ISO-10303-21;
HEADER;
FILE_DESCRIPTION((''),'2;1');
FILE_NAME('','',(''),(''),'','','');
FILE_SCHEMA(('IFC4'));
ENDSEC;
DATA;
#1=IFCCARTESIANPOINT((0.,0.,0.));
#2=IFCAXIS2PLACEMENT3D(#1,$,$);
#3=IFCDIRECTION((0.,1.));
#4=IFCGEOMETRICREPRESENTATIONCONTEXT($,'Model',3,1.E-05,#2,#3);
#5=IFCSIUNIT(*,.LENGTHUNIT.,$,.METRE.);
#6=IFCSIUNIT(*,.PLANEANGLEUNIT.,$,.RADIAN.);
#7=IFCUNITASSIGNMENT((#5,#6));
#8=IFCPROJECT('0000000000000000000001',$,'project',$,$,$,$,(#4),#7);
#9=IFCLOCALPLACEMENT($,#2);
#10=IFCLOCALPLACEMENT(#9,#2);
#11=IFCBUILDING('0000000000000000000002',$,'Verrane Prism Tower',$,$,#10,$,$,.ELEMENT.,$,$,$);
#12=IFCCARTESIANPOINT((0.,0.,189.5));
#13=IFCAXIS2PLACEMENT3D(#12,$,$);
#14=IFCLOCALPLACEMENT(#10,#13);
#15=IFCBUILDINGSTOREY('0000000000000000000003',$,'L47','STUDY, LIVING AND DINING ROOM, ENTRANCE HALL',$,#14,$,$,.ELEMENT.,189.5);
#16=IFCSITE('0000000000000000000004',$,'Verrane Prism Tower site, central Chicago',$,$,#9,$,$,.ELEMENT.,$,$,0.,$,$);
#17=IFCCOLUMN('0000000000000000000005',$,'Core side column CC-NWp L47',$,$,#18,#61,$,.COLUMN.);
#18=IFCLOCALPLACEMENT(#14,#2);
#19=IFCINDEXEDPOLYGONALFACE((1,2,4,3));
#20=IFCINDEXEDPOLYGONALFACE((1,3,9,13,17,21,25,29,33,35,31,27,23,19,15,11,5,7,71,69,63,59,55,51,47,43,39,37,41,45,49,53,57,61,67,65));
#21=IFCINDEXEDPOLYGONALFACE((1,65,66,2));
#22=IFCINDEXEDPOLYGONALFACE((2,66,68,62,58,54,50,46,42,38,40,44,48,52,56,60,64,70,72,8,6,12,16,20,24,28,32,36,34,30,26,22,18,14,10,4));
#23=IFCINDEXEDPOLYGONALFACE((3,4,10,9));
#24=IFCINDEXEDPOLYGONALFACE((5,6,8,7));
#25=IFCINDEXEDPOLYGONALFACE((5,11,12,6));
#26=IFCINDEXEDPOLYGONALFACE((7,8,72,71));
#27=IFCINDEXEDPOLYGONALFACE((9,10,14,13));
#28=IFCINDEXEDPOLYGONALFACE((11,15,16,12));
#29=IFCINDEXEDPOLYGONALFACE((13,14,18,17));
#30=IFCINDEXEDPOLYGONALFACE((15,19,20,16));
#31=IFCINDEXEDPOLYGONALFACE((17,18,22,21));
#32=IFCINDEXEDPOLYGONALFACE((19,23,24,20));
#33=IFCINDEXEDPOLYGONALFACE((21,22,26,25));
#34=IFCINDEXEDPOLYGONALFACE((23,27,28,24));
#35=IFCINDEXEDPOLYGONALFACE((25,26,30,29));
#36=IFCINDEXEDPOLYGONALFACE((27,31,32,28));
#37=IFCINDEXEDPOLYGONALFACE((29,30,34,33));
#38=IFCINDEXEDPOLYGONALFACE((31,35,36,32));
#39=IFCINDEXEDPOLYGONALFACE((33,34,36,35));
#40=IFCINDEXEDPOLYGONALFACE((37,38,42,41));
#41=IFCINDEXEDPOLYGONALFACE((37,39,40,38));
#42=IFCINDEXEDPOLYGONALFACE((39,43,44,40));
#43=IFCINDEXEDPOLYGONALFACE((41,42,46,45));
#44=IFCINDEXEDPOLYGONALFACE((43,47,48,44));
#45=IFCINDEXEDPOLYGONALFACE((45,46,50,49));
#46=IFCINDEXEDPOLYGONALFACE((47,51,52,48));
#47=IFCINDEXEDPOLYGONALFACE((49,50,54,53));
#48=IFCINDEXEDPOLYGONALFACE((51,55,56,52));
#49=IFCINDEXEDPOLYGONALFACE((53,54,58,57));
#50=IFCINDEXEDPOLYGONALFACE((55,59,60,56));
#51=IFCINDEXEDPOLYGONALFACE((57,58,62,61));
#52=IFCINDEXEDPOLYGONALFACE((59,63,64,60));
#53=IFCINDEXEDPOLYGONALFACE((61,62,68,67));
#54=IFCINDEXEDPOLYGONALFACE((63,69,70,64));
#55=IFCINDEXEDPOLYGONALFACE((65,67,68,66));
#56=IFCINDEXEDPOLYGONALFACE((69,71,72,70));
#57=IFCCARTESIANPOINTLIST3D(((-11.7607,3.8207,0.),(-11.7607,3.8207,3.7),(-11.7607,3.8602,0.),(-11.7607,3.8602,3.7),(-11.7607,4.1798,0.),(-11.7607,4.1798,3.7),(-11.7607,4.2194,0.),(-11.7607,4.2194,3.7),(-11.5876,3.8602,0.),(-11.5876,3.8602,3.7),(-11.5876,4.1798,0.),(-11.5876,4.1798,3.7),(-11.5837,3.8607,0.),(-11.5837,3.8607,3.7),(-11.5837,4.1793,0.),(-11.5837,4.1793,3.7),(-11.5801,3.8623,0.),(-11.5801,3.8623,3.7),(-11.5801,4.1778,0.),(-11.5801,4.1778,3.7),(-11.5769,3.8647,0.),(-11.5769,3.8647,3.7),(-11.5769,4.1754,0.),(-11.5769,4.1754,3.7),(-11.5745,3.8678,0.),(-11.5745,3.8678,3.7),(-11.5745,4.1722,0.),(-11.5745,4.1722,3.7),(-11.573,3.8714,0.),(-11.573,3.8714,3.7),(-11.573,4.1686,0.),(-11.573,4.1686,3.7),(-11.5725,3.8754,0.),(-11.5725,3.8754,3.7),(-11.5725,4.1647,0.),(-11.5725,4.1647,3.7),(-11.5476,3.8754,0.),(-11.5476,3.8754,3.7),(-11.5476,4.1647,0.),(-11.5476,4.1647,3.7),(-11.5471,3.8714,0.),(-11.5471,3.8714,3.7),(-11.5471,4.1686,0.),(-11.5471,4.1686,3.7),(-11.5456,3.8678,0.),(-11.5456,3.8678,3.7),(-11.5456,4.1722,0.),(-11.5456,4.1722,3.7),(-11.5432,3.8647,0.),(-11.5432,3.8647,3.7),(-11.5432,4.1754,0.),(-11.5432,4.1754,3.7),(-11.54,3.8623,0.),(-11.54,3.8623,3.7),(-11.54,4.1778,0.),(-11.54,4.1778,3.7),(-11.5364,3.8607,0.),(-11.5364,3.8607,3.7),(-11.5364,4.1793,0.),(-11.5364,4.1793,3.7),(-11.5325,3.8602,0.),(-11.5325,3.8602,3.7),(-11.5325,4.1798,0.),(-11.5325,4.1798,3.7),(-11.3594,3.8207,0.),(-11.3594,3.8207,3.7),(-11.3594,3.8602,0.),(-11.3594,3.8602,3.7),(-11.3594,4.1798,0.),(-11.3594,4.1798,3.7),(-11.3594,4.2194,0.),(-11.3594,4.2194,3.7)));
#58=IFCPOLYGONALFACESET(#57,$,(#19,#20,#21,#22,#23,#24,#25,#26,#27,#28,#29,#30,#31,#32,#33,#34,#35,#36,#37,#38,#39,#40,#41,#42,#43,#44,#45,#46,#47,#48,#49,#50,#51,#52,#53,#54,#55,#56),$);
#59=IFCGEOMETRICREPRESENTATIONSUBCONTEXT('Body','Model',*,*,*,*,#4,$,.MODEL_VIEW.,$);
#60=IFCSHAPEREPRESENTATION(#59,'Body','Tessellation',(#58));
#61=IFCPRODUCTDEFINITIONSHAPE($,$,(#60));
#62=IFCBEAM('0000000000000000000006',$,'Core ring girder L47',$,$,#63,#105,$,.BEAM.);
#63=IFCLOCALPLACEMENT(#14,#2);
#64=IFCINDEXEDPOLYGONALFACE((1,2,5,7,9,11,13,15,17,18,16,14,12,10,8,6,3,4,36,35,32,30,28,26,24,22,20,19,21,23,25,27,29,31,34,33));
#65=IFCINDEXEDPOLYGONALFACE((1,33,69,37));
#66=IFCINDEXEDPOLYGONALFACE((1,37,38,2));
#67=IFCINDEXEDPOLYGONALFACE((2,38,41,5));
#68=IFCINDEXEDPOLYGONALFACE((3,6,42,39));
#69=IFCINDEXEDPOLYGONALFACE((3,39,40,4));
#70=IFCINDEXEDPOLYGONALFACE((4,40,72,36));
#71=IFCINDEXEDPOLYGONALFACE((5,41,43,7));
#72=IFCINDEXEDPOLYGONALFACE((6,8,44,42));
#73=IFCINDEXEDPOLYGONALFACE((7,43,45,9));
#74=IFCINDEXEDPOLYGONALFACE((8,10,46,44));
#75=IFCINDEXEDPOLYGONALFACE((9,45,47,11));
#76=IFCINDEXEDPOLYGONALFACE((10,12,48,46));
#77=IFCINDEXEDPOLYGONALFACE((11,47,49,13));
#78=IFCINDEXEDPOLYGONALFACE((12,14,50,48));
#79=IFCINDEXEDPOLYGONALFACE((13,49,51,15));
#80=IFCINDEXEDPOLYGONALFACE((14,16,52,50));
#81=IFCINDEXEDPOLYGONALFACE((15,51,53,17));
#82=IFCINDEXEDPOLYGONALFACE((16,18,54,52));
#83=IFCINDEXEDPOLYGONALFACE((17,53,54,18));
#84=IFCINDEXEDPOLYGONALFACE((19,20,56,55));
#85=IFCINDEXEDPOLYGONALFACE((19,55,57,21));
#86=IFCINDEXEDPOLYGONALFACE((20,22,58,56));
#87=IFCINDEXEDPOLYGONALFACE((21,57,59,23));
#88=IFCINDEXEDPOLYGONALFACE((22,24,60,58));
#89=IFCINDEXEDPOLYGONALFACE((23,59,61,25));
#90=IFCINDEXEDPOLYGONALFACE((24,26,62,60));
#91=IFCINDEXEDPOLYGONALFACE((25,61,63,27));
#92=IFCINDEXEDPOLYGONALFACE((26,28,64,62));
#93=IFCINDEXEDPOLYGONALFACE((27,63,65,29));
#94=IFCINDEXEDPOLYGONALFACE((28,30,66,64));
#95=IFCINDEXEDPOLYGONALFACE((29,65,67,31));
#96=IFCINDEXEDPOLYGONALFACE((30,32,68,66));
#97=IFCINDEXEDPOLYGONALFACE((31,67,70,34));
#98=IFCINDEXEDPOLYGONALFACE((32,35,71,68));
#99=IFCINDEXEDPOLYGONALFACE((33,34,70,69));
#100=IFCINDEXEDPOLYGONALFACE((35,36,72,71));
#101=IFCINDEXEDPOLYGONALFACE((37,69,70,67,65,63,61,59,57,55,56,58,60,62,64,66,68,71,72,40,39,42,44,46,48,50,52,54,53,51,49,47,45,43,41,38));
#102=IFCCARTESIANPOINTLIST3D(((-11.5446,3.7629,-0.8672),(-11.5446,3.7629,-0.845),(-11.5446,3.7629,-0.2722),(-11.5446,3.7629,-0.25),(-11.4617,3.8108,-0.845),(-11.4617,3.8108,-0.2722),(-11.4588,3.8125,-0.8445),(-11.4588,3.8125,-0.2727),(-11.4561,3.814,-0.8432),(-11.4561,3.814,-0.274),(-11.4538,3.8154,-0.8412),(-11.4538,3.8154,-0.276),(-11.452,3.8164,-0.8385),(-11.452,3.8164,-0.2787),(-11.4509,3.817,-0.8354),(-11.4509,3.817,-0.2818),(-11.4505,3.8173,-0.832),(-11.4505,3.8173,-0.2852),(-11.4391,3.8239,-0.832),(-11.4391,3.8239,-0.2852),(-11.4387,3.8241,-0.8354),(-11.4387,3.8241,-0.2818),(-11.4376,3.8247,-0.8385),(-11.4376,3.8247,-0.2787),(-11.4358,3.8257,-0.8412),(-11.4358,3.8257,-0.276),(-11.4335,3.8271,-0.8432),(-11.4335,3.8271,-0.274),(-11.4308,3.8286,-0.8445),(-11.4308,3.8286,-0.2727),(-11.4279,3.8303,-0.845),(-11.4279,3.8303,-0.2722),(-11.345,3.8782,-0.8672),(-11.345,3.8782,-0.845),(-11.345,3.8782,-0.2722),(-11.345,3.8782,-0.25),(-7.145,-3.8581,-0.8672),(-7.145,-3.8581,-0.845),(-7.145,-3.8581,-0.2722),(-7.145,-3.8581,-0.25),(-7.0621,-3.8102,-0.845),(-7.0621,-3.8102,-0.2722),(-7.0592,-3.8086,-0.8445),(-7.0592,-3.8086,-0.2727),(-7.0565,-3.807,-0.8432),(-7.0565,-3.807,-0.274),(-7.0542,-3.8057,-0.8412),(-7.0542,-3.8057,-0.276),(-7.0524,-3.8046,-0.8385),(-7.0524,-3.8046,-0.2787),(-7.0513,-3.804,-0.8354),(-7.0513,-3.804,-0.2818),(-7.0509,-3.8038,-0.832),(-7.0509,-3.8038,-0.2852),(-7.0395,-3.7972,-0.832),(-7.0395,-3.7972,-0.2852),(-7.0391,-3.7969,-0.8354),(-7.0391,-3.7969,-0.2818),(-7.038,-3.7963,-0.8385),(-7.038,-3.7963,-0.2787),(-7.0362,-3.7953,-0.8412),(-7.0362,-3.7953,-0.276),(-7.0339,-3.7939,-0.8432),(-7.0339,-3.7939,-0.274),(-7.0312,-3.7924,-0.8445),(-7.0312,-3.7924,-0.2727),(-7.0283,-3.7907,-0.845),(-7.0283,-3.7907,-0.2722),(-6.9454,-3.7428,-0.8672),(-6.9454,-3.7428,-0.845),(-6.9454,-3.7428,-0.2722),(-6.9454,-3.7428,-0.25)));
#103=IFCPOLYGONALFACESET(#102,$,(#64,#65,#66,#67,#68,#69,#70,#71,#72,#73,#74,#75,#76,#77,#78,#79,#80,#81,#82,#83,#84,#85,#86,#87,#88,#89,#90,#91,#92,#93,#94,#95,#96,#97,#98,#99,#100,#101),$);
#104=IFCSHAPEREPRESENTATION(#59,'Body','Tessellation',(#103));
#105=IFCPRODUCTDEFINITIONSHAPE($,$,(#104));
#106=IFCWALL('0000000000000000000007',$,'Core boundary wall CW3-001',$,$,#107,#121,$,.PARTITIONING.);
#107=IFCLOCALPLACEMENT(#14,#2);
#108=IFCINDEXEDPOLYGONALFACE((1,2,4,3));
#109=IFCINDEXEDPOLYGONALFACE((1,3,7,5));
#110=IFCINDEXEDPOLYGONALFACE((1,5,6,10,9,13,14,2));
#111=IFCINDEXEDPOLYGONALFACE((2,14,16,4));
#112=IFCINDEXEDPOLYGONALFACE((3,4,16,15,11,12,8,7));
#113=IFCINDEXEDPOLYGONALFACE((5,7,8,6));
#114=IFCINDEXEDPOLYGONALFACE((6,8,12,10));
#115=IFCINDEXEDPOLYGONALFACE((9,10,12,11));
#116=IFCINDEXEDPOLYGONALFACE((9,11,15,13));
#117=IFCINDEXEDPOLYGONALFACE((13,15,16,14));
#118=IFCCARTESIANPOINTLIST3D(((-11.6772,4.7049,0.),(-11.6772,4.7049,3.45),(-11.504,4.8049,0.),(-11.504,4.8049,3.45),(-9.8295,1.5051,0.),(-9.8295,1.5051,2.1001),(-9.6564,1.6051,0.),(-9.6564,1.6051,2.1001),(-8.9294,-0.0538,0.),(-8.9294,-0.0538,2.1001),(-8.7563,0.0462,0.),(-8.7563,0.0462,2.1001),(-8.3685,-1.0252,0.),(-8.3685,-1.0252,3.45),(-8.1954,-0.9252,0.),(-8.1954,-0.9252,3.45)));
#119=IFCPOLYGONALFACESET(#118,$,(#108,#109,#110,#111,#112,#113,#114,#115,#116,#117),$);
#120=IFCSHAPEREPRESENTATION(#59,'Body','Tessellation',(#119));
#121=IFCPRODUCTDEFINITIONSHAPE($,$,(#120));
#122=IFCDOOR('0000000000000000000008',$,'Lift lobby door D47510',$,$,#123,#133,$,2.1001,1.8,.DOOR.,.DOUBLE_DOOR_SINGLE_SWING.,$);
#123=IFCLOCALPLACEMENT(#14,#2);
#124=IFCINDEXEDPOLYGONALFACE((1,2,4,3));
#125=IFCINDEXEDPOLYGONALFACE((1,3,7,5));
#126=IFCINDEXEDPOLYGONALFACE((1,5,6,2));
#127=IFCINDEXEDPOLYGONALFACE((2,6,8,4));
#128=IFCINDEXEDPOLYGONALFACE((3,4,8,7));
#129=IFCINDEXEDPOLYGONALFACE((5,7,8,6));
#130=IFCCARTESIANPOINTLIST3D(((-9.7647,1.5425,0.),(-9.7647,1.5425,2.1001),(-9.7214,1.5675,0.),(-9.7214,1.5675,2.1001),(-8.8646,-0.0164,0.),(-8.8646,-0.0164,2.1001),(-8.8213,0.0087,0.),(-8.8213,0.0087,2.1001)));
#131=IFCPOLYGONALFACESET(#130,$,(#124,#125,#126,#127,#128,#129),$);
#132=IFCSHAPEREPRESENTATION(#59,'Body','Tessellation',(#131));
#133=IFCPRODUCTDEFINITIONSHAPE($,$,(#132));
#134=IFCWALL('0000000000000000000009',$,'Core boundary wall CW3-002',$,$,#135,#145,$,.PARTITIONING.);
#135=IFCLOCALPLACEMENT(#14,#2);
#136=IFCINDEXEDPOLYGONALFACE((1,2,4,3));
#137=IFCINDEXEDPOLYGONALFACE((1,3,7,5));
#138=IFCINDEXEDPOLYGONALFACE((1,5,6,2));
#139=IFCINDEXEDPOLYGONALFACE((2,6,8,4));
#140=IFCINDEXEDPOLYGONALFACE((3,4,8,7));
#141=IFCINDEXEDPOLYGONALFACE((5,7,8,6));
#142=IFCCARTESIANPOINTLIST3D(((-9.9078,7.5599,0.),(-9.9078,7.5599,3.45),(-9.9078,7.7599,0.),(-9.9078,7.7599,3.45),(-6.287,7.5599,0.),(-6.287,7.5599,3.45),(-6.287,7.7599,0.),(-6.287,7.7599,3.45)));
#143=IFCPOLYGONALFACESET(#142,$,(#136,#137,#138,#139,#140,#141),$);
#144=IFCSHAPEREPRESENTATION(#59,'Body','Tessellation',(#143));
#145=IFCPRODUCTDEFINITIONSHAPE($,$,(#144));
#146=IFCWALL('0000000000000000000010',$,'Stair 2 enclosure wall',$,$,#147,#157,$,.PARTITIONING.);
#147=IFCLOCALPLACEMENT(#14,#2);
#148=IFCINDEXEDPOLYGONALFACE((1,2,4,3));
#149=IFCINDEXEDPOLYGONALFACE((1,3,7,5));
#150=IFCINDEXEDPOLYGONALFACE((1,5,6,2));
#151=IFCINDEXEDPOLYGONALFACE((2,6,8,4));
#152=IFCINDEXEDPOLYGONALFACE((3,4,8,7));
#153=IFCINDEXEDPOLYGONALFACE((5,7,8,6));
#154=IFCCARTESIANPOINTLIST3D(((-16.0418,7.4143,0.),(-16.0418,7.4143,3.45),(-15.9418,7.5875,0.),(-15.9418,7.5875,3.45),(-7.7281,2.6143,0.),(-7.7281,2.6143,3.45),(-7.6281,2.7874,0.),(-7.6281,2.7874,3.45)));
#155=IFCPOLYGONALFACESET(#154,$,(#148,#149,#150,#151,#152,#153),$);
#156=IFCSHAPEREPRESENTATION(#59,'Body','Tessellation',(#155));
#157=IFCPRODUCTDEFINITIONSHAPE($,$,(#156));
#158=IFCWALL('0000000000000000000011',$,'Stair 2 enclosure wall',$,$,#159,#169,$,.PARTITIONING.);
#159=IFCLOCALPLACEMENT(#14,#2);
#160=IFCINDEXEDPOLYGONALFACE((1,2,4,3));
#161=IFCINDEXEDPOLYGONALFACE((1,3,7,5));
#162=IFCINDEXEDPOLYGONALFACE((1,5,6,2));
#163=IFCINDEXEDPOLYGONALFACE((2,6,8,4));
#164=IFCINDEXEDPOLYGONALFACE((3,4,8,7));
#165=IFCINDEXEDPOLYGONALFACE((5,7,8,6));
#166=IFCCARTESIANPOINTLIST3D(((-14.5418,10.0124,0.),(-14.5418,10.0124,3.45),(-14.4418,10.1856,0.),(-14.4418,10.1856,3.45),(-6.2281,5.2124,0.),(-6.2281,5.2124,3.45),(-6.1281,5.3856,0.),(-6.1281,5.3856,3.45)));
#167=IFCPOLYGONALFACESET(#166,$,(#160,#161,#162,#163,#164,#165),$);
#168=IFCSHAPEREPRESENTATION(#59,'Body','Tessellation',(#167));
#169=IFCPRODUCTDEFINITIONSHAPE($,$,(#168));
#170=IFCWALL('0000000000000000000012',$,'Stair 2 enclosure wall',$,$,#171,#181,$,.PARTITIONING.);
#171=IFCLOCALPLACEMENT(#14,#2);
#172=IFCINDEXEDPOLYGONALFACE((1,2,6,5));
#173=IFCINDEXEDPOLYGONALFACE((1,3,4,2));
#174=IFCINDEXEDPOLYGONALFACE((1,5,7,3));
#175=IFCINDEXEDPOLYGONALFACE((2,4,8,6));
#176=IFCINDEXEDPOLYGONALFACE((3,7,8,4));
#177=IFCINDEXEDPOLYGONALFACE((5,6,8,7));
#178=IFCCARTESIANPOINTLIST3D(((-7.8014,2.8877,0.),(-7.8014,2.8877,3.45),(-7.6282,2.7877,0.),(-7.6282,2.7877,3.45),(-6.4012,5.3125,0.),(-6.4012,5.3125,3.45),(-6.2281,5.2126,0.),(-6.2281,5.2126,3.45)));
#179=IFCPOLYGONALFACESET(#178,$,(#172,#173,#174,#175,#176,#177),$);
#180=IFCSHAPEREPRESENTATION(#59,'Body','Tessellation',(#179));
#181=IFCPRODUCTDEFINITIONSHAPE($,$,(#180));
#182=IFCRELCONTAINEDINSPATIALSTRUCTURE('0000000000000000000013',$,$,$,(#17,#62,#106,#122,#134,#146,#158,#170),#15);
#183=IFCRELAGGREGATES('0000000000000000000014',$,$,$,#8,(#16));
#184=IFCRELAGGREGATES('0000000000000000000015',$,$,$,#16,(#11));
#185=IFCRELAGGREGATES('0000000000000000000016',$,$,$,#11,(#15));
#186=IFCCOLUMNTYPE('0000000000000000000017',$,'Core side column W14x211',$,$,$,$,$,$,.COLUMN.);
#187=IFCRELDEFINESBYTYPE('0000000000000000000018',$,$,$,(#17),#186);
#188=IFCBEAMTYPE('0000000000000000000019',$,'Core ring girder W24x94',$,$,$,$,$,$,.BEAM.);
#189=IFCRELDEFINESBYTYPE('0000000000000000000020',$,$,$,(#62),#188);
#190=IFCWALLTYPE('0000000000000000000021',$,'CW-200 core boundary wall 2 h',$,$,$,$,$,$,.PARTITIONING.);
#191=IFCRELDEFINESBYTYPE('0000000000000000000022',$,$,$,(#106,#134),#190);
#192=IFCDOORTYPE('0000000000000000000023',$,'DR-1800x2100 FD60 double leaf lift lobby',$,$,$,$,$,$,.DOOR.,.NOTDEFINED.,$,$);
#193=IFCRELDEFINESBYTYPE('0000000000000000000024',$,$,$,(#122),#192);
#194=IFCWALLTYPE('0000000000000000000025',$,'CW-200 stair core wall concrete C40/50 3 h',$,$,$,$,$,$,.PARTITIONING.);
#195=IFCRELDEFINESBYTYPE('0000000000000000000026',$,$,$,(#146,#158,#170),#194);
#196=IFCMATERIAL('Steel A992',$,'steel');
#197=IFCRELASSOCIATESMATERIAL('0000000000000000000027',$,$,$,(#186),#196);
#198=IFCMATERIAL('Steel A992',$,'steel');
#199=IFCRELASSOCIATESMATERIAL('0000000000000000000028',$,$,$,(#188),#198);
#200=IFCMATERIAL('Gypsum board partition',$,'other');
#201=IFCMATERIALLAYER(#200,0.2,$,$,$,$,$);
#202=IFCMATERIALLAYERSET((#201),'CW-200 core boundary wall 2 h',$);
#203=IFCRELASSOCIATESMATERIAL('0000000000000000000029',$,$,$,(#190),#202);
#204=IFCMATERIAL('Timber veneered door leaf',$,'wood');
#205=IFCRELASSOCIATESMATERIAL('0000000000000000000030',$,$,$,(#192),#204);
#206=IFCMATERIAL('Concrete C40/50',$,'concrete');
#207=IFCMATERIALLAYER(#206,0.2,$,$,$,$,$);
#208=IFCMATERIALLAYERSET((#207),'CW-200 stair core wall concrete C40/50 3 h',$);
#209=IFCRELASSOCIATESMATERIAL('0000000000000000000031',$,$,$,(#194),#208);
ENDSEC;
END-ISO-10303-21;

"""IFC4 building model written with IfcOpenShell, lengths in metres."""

from ifc_helpers import new_model, si_unit, direction, frame, frame_2d, origin, origin_2d, place, context, subcontext, project, spatial, rectangle, i_section, extrude, material, layer, layer_set, material_profile, profile_set, type_object, element, fill, save


model = new_model("IFC4")

# Units and contexts
model_context = context("Model", 3, precision=1e-05, world=origin(), true_north=direction((0.0, 1.0)))
body_context = subcontext(model_context, "Body", "Model", "MODEL_VIEW")
ifc_project = project(units=[si_unit("LENGTHUNIT", "METRE"), si_unit("PLANEANGLEUNIT", "RADIAN")], contexts=[model_context])

# Site, building, storey
site_placement = place(None, origin())
site = spatial("IfcSite", under=ifc_project, at=site_placement, Name="Verrane Prism Tower site, central Chicago", CompositionType="ELEMENT", RefElevation=0.0)
building_placement = place(site_placement, origin())
building = spatial("IfcBuilding", under=site, at=building_placement, Name="Verrane Prism Tower", CompositionType="ELEMENT")
storey_placement = place(building_placement, frame((0.0, 0.0, 189.5)))
storey = spatial("IfcBuildingStorey", under=building, at=storey_placement, Name="L47", Description="STUDY, LIVING AND DINING ROOM, ENTRANCE HALL", CompositionType="ELEMENT", Elevation=189.5)

# Column
ifc_material_1 = material(Name="Steel A992", Category="steel")
ifc_material_profile_1 = material_profile(ifc_material_1, i_section(OverallWidth=0.4014, OverallDepth=0.3987, WebThickness=0.0249, FlangeThickness=0.0396, FilletRadius=0.0151, at=origin_2d()), Name="W14x211")
ifc_profile_set_1 = profile_set([ifc_material_profile_1], Name="Steel A992")
column_type = type_object("IfcColumnType", Name="Core side column W14x211", PredefinedType="COLUMN", material=ifc_profile_set_1)
column_placement = place(storey_placement, frame((-11.5601, 4.02, 0.0), z_axis=(0.0, 0.0, 1.0), x_axis=(1.0, 0.0, 0.0)))
element("IfcColumn", 1, at=column_placement, inside=storey, type_object=column_type, Name="Core side column CC-NWp L47", PredefinedType="COLUMN", context=body_context, shape_type="SweptSolid", body=[
    extrude(i_section(OverallWidth=0.4014, OverallDepth=0.3987, WebThickness=0.0249, FlangeThickness=0.0396, FilletRadius=0.0151, at=origin_2d()), origin(), (0.0, 0.0, 1.0), 3.7),
])

# Beam
ifc_material_2 = material(Name="Steel A992", Category="steel")
ifc_material_profile_2 = material_profile(ifc_material_2, i_section(OverallWidth=0.2305, OverallDepth=0.6172, WebThickness=0.0132, FlangeThickness=0.0222, FilletRadius=0.0129, at=origin_2d()), Name="W24x94")
ifc_profile_set_2 = profile_set([ifc_material_profile_2], Name="Steel A992")
beam_type = type_object("IfcBeamType", Name="Core ring girder W24x94", PredefinedType="BEAM", material=ifc_profile_set_2)
beam_placement = place(storey_placement, frame((-11.4448, 3.8206, -0.5586), z_axis=(0.499967, -0.866044, 0.0), x_axis=(0.866044, 0.499967, 0.0)))
element("IfcBeam", 2, at=beam_placement, inside=storey, type_object=beam_type, Name="Core ring girder L47", PredefinedType="BEAM", context=body_context, shape_type="SweptSolid", body=[
    extrude(i_section(OverallWidth=0.2305, OverallDepth=0.6172, WebThickness=0.0132, FlangeThickness=0.0222, FilletRadius=0.0129, at=origin_2d()), origin(), (0.0, 0.0, 1.0), 8.7998),
])

# Wall, opening, door
ifc_material_3 = material(Name="Gypsum board partition", Category="other")
ifc_layer_1 = layer(ifc_material_3, 0.2)
ifc_layer_set_1 = layer_set([ifc_layer_1], Name="CW-200 core boundary wall 2 h")
wall_type_1 = type_object("IfcWallType", Name="CW-200 core boundary wall 2 h", PredefinedType="PARTITIONING", material=ifc_layer_set_1)
wall_1_placement = place(storey_placement, frame((-11.5906, 4.7549, 0.0), z_axis=(0.0, 0.0, 1.0), x_axis=(0.500044, -0.866, 0.0)))
wall_1 = element("IfcWall", 3, at=wall_1_placement, inside=storey, type_object=wall_type_1, Name="Core boundary wall CW3-001", PredefinedType="PARTITIONING", context=body_context, shape_type="SweptSolid", body=[
    extrude(rectangle(XDim=6.6167, YDim=0.2, at=frame_2d((3.3083, 0.0))), origin(), (0.0, 0.0, 1.0), 3.45),
])
opening_1_placement = place(wall_1_placement, frame((3.6951, 0.0, 0.0)))
opening_1 = element("IfcOpeningElement", 4, at=opening_1_placement, cuts=wall_1, PredefinedType="OPENING", context=body_context, shape_type="SweptSolid", body=[
    extrude(rectangle(XDim=1.8, YDim=2.1001, at=frame_2d((0.8999, 1.05))), frame((0.0, 0.1099, 0.0), z_axis=(0.0, -1.0, 0.0), x_axis=(1.0, 0.0, 0.0)), (0.0, 0.0, 1.0), 0.22),
])
ifc_material_4 = material(Name="Timber veneered door leaf", Category="wood")
door_type_1 = type_object("IfcDoorType", Name="DR-1800x2100 FD60 double leaf lift lobby", OperationType="NOTDEFINED", PredefinedType="DOOR", material=ifc_material_4)
door_1_placement = place(opening_1_placement, origin())
door_1 = element("IfcDoor", 5, at=door_1_placement, inside=storey, type_object=door_type_1, Name="Lift lobby door D47510", OperationType="DOUBLE_DOOR_SINGLE_SWING", OverallHeight=2.1001, OverallWidth=1.8, PredefinedType="DOOR", context=body_context, shape_type="SweptSolid", body=[
    extrude(rectangle(XDim=1.8, YDim=2.1001, at=frame_2d((0.8999, 1.05))), frame((0.0, 0.0249, 0.0), z_axis=(0.0, -1.0, 0.0), x_axis=(1.0, 0.0, 0.0)), (0.0, 0.0, 1.0), 0.05),
])
fill(opening_1, door_1)

# Walls
wall_2_placement = place(storey_placement, frame((-9.908, 7.6599, 0.0), z_axis=(0.0, 0.0, 1.0), x_axis=(1.0, 0.0, 0.0)))
element("IfcWall", 6, at=wall_2_placement, inside=storey, type_object=wall_type_1, Name="Core boundary wall CW3-002", PredefinedType="PARTITIONING", context=body_context, shape_type="SweptSolid", body=[
    extrude(rectangle(XDim=3.6208, YDim=0.2, at=frame_2d((1.8105, 0.0))), origin(), (0.0, 0.0, 1.0), 3.45),
])
ifc_material_5 = material(Name="Concrete C40/50", Category="concrete")
ifc_layer_2 = layer(ifc_material_5, 0.2)
ifc_layer_set_2 = layer_set([ifc_layer_2], Name="CW-200 stair core wall concrete C40/50 3 h")
wall_type_2 = type_object("IfcWallType", Name="CW-200 stair core wall concrete C40/50 3 h", PredefinedType="PARTITIONING", material=ifc_layer_set_2)
for number, where, z_axis, x_axis, name in (
    (7, (-7.6782, 2.7009, 0.0), (0.0, 0.0, 1.0), (-0.86602, 0.500009, 0.0), "Stair 2 enclosure wall"),
    (8, (-6.1782, 5.2991, 0.0), (0.0, 0.0, 1.0), (-0.86602, 0.500009, 0.0), "Stair 2 enclosure wall"),
):
    element("IfcWall", number, at=place(storey_placement, frame(where, z_axis=z_axis, x_axis=x_axis)), inside=storey, type_object=wall_type_2, Name=name, PredefinedType="PARTITIONING", context=body_context, shape_type="SweptSolid", body=[
        extrude(rectangle(XDim=9.5999, YDim=0.2, at=frame_2d((4.7998, 0.0))), origin(), (0.0, 0.0, 1.0), 3.45),
    ])
wall_3_placement = place(storey_placement, frame((-6.3147, 5.2625, 0.0), z_axis=(0.0, 0.0, 1.0), x_axis=(-0.50005, -0.865997, 0.0)))
element("IfcWall", 9, at=wall_3_placement, inside=storey, type_object=wall_type_2, Name="Stair 2 enclosure wall", PredefinedType="PARTITIONING", context=body_context, shape_type="SweptSolid", body=[
    extrude(rectangle(XDim=2.8, YDim=0.2, at=frame_2d((1.3999, 0.0))), origin(), (0.0, 0.0, 1.0), 3.45),
])

save(model, "model.ifc")
